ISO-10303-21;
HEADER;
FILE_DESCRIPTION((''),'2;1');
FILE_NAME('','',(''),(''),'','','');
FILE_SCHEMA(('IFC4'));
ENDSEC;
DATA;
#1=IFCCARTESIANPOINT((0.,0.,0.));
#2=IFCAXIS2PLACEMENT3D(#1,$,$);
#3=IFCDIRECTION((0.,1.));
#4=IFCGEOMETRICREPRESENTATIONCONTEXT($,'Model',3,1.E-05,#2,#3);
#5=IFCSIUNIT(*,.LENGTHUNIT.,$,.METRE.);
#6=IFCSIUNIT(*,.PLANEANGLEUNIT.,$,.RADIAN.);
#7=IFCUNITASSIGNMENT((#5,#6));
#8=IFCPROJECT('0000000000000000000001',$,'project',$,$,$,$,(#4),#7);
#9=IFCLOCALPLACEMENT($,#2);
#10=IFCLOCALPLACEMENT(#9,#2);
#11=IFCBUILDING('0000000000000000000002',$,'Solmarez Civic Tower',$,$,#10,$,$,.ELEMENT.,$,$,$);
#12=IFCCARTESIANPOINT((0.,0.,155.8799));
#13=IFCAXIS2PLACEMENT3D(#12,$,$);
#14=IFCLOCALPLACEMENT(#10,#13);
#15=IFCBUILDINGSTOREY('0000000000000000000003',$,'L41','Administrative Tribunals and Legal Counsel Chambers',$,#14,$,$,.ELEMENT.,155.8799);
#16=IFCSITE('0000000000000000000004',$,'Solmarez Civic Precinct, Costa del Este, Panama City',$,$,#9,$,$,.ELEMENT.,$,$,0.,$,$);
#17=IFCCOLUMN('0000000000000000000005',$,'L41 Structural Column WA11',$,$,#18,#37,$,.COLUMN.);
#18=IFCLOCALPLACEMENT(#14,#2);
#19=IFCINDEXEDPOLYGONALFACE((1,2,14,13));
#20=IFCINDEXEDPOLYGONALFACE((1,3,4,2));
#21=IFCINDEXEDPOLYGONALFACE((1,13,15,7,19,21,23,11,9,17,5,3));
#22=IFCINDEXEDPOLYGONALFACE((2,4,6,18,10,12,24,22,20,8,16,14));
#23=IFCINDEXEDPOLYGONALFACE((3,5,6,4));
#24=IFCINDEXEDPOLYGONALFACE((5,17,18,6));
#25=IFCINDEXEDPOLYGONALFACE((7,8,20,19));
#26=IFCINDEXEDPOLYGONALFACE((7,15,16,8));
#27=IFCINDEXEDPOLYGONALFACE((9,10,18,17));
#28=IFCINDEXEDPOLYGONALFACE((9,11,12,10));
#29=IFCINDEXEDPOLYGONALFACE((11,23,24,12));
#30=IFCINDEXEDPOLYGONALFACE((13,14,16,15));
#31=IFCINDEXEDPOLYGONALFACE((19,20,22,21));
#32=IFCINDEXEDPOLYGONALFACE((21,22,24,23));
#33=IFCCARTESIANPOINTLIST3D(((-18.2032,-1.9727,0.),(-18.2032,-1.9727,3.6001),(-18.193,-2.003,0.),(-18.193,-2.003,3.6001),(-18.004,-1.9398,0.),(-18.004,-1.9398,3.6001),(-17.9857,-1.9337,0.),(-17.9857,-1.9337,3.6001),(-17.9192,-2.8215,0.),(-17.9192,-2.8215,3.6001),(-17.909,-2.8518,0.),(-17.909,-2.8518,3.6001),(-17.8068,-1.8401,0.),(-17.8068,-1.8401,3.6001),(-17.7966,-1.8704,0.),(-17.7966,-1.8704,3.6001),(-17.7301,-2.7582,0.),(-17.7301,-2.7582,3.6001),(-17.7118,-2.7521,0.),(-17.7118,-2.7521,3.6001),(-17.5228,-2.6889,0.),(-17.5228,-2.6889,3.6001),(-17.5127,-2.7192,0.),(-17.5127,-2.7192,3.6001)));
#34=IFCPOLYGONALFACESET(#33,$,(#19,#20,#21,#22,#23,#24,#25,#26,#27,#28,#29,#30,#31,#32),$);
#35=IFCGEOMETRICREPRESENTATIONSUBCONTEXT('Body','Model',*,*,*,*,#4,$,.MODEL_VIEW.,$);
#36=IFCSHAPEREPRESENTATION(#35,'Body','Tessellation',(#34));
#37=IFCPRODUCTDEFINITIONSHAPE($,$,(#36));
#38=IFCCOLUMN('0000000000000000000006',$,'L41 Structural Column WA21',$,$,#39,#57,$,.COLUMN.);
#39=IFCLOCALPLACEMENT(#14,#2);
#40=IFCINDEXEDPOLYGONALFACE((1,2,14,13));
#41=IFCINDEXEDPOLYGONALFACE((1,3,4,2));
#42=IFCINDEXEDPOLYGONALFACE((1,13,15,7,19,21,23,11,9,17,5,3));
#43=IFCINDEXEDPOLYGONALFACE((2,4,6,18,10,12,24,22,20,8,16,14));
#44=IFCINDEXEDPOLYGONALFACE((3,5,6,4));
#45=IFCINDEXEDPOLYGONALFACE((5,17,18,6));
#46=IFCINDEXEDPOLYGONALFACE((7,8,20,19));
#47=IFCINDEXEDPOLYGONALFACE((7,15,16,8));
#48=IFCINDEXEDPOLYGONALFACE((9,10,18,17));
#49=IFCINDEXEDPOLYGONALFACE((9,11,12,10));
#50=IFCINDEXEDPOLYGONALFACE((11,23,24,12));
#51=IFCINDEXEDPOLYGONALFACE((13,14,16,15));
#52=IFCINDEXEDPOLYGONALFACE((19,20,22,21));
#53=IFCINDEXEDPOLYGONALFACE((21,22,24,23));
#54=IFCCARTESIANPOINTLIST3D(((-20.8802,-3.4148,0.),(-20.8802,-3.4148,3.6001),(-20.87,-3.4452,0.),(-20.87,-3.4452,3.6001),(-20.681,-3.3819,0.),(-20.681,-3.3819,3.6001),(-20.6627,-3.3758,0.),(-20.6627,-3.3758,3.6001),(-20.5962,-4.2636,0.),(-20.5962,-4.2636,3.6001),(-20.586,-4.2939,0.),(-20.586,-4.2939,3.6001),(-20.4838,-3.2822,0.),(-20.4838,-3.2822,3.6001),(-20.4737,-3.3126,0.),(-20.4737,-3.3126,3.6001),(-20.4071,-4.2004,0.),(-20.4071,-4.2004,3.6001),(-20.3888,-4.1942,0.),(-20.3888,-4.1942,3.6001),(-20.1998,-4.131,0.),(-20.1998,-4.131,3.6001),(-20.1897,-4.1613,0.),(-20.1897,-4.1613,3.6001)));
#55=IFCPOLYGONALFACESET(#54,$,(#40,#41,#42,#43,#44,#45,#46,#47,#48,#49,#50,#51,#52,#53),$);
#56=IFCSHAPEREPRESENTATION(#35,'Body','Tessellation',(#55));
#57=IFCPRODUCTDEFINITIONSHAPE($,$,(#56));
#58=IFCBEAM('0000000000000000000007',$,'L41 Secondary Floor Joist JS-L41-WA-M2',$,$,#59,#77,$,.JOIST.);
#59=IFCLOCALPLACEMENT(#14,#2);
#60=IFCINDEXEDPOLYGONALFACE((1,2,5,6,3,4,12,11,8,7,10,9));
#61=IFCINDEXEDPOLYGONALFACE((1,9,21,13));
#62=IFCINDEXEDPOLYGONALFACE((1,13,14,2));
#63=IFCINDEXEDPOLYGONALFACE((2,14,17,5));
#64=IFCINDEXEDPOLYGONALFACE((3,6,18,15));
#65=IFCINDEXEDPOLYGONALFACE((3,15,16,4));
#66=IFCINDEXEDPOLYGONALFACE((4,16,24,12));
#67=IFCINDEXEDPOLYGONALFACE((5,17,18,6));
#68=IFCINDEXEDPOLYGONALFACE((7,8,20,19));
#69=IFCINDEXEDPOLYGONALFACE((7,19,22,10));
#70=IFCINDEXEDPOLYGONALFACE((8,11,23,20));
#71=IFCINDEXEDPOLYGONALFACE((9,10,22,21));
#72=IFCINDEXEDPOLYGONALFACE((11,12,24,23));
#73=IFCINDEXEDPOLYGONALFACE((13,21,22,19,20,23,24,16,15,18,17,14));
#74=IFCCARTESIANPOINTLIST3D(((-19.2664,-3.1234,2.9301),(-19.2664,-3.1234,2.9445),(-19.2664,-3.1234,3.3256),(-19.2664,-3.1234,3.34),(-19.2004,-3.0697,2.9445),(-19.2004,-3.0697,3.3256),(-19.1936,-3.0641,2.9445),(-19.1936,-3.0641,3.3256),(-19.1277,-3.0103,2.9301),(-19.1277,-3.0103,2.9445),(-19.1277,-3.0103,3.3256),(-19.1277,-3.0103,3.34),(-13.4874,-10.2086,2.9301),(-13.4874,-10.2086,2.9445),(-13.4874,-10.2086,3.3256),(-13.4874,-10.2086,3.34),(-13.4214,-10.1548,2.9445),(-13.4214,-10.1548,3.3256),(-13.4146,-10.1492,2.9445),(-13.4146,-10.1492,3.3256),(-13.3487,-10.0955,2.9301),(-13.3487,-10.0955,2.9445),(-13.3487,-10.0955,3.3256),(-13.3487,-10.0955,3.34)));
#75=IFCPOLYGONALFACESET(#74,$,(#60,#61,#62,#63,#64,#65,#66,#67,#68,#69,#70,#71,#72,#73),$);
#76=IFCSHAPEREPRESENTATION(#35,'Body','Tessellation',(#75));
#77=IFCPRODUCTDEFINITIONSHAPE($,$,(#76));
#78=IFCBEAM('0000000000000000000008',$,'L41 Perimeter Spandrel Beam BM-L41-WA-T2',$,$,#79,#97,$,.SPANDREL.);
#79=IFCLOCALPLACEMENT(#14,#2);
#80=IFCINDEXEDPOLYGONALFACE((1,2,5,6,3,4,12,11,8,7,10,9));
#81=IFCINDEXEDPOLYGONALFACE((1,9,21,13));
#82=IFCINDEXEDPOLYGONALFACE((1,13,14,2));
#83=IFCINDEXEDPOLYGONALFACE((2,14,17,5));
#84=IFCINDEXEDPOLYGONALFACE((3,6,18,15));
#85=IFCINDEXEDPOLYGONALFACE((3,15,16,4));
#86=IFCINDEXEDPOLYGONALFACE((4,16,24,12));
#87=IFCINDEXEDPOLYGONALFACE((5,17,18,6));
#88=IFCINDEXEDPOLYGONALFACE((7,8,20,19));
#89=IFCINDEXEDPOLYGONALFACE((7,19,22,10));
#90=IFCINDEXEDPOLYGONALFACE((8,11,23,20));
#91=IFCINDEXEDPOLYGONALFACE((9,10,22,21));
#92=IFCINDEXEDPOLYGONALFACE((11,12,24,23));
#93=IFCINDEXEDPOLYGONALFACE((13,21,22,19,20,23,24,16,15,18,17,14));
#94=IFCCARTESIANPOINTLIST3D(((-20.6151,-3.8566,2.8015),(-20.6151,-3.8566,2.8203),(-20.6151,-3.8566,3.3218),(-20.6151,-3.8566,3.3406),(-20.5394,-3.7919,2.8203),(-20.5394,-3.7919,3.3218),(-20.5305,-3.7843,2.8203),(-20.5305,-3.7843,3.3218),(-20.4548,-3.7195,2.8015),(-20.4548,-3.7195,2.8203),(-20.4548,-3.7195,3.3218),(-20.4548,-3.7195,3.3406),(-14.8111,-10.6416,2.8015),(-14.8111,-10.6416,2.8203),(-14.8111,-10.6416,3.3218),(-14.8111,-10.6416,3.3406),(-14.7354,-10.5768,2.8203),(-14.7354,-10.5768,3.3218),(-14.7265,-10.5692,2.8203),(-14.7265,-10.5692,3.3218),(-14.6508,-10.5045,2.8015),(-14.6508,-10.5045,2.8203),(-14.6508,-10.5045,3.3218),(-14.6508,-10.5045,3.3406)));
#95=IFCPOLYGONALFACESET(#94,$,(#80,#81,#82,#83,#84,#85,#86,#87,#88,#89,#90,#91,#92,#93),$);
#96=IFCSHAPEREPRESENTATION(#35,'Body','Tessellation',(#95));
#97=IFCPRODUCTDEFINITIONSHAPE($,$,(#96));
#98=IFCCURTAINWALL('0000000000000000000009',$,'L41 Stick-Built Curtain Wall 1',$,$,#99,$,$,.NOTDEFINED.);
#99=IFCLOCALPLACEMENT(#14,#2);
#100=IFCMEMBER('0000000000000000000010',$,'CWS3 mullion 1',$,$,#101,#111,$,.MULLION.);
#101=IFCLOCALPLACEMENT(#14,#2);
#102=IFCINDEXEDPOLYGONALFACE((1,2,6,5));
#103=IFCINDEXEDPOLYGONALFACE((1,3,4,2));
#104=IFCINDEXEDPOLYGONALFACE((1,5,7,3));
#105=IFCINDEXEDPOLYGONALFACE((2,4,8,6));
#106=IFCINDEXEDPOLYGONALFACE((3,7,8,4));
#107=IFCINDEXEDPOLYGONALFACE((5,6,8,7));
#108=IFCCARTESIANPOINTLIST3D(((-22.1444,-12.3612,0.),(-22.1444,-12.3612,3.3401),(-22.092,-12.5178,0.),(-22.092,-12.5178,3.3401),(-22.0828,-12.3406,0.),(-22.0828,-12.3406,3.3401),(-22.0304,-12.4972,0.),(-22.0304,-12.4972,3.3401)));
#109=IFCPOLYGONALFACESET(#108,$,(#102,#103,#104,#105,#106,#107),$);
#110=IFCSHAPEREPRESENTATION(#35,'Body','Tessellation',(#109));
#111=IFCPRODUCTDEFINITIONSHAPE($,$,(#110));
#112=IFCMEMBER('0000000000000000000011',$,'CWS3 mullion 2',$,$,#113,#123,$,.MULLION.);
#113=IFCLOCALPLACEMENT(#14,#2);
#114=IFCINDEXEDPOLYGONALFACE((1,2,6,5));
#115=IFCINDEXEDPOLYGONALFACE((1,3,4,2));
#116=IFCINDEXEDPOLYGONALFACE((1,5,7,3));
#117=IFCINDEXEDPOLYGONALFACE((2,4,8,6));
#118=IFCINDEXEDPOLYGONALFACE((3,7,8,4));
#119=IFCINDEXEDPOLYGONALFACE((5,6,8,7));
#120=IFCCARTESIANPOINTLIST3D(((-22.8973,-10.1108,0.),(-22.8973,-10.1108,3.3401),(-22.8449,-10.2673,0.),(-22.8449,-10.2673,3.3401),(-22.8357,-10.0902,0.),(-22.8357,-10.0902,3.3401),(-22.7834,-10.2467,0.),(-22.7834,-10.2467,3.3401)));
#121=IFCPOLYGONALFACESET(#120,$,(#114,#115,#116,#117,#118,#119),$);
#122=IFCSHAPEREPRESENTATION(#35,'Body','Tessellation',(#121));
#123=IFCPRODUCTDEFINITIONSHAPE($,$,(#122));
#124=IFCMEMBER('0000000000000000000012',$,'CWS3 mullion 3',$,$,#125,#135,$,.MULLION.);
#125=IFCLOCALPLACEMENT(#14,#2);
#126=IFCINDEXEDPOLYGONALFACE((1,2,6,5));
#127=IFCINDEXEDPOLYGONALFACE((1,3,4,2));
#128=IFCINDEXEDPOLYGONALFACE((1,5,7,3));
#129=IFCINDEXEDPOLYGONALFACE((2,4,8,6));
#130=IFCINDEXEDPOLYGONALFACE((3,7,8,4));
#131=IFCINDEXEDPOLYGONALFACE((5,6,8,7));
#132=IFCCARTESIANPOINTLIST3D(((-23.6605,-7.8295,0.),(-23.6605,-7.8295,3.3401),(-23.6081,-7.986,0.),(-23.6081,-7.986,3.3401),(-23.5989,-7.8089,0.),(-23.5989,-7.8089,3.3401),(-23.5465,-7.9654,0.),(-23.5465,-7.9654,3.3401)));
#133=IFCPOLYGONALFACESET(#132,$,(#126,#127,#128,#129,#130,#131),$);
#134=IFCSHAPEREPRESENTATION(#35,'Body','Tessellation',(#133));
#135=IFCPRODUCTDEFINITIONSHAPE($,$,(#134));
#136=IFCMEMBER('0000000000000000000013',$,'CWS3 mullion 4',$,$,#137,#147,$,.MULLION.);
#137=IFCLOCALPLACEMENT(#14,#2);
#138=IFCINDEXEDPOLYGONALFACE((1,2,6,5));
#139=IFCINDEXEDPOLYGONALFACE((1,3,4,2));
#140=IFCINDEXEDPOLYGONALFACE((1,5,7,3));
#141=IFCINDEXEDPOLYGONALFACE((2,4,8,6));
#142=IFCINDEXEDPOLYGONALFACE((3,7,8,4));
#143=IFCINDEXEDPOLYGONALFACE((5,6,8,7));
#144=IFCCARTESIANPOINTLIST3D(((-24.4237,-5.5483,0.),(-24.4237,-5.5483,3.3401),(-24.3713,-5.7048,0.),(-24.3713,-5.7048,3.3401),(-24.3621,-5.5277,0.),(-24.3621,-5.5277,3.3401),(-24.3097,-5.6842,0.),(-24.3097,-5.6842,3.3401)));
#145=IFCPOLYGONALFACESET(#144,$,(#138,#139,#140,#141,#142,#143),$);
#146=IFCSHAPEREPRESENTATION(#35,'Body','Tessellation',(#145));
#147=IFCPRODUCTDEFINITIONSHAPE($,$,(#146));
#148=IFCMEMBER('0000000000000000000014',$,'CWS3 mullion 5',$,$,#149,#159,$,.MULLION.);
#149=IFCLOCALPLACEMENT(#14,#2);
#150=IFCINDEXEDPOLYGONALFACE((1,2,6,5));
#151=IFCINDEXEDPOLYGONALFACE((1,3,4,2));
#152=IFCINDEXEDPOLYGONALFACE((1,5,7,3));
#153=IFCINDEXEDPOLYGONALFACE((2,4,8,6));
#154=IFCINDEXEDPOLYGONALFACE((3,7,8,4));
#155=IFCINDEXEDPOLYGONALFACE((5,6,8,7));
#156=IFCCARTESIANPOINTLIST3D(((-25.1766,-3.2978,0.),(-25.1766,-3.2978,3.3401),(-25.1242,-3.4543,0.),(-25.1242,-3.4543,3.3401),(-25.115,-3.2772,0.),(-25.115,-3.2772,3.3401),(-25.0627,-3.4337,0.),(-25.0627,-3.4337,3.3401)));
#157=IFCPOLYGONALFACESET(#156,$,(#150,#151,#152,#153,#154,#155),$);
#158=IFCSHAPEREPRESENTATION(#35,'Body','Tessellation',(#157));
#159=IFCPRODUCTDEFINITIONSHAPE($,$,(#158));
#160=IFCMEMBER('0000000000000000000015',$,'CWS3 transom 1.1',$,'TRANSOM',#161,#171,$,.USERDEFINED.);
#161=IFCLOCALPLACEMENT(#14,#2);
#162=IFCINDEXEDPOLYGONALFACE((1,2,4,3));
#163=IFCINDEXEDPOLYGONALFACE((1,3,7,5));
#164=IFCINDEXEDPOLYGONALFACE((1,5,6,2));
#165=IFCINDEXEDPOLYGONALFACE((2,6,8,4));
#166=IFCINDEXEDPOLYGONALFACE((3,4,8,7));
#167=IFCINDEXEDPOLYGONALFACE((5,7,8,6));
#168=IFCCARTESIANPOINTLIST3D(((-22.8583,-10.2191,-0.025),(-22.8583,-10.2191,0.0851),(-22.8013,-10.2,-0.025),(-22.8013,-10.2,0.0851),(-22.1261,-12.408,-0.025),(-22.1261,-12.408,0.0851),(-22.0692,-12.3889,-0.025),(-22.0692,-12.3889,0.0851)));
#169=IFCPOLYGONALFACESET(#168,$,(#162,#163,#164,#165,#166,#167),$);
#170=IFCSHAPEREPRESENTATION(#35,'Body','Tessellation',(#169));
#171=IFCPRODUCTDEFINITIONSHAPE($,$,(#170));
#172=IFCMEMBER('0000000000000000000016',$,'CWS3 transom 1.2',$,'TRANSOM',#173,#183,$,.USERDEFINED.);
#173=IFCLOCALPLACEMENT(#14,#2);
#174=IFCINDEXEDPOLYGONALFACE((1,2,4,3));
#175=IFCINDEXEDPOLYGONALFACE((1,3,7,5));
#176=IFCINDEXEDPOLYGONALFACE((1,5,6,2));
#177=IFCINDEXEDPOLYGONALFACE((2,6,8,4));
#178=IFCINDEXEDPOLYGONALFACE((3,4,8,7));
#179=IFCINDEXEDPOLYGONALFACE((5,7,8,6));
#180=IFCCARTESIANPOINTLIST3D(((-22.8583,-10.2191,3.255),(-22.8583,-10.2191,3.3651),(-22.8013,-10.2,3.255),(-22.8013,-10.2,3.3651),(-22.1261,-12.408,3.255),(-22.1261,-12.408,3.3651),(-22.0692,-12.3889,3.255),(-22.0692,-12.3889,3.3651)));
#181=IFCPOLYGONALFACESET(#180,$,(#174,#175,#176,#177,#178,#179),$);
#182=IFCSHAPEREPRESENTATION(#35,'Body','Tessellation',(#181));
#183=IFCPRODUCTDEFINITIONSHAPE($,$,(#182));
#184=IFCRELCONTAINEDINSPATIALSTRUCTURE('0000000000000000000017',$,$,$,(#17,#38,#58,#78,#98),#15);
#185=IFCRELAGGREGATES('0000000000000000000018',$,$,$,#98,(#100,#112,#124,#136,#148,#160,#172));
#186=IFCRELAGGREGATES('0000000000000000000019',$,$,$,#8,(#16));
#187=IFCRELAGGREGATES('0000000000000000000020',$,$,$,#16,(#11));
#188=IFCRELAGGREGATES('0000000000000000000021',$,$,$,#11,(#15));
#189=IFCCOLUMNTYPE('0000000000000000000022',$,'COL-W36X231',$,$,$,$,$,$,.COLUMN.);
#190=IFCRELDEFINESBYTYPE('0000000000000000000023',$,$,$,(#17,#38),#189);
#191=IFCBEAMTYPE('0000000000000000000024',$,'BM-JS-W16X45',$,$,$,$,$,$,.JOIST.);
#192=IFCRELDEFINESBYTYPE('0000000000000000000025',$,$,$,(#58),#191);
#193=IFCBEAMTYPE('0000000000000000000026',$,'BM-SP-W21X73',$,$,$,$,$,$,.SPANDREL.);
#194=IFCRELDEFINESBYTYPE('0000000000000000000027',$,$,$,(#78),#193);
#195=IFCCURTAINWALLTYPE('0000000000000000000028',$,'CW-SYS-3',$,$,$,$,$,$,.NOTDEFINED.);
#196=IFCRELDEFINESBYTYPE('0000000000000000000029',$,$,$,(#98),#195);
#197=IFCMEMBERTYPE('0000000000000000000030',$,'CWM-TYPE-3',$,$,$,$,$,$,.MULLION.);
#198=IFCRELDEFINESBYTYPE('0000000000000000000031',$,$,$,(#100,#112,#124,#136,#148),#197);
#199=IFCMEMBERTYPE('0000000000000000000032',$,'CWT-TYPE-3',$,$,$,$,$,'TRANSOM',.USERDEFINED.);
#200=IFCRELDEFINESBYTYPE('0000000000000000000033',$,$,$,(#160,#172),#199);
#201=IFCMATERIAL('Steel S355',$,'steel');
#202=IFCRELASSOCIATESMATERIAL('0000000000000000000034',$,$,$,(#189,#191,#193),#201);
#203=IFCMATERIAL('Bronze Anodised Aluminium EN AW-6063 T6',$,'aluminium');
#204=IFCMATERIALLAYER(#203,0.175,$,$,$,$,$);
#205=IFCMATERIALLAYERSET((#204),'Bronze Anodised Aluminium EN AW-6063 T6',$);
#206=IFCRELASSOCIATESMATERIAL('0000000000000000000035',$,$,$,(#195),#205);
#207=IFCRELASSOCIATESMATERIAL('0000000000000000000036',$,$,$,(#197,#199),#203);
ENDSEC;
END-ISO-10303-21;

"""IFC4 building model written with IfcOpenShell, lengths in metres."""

from ifc_helpers import new_model, si_unit, direction, frame, origin, origin_2d, place, context, subcontext, project, spatial, rectangle, i_section, extrude, material, layer, layer_set, material_profile, profile_set, type_object, element, aggregate, save


model = new_model("IFC4")

# Units and contexts
model_context = context("Model", 3, precision=1e-05, world=origin(), true_north=direction((0.0, 1.0)))
body_context = subcontext(model_context, "Body", "Model", "MODEL_VIEW")
ifc_project = project(units=[si_unit("LENGTHUNIT", "METRE"), si_unit("PLANEANGLEUNIT", "RADIAN")], contexts=[model_context])

# Site, building, storey
site_placement = place(None, origin())
site = spatial("IfcSite", under=ifc_project, at=site_placement, Name="Solmarez Civic Precinct, Costa del Este, Panama City", CompositionType="ELEMENT", RefElevation=0.0)
building_placement = place(site_placement, origin())
building = spatial("IfcBuilding", under=site, at=building_placement, Name="Solmarez Civic Tower", CompositionType="ELEMENT")
storey_placement = place(building_placement, frame((0.0, 0.0, 155.8799)))
storey = spatial("IfcBuildingStorey", under=building, at=storey_placement, Name="L41", Description="Administrative Tribunals and Legal Counsel Chambers", CompositionType="ELEMENT", Elevation=155.8799)

# Columns
ifc_material_1 = material(Name="Steel S355", Category="steel")
ifc_material_profile_1 = material_profile(ifc_material_1, i_section(OverallWidth=0.418, OverallDepth=0.927, WebThickness=0.0193, FlangeThickness=0.032, at=origin_2d()), Name="W36X231")
ifc_profile_set_1 = profile_set([ifc_material_profile_1], Name="Steel S355")
column_type = type_object("IfcColumnType", Name="COL-W36X231", PredefinedType="COLUMN", material=ifc_profile_set_1)
for number, where, z_axis, x_axis, name in (
    (1, (-17.8579, -2.3459, 0.0), (0.0, 0.0, 1.0), (0.948324, 0.317305, 0.0), "L41 Structural Column WA11"),
    (2, (-20.5349, -3.7881, 0.0), (0.0, 0.0, 1.0), (0.948324, 0.317305, 0.0), "L41 Structural Column WA21"),
):
    element("IfcColumn", number, at=place(storey_placement, frame(where, z_axis=z_axis, x_axis=x_axis)), inside=storey, type_object=column_type, Name=name, PredefinedType="COLUMN", context=body_context, shape_type="SweptSolid", body=[
        extrude(i_section(OverallWidth=0.418, OverallDepth=0.927, WebThickness=0.0193, FlangeThickness=0.032, at=origin_2d()), origin(), (0.0, 0.0, 1.0), 3.6001),
    ])

# Beams
ifc_material_profile_2 = material_profile(ifc_material_1, i_section(OverallWidth=0.179, OverallDepth=0.4099, WebThickness=0.0088, FlangeThickness=0.0144, at=origin_2d()), Name="W16X45")
ifc_profile_set_2 = profile_set([ifc_material_profile_2], Name="Steel S355")
beam_type_1 = type_object("IfcBeamType", Name="BM-JS-W16X45", PredefinedType="JOIST", material=ifc_profile_set_2)
beam_1_placement = place(storey_placement, frame((-19.197, -3.0669, 3.135), z_axis=(0.632062, -0.774918, 0.0), x_axis=(0.774918, 0.632062, 0.0)))
element("IfcBeam", 3, at=beam_1_placement, inside=storey, type_object=beam_type_1, Name="L41 Secondary Floor Joist JS-L41-WA-M2", PredefinedType="JOIST", context=body_context, shape_type="SweptSolid", body=[
    extrude(i_section(OverallWidth=0.179, OverallDepth=0.4099, WebThickness=0.0088, FlangeThickness=0.0144, at=origin_2d()), origin(), (0.0, 0.0, 1.0), 9.1431),
])
ifc_material_profile_3 = material_profile(ifc_material_1, i_section(OverallWidth=0.2109, OverallDepth=0.5391, WebThickness=0.0117, FlangeThickness=0.0188, at=origin_2d()), Name="W21X73")
ifc_profile_set_3 = profile_set([ifc_material_profile_3], Name="Steel S355")
beam_type_2 = type_object("IfcBeamType", Name="BM-SP-W21X73", PredefinedType="SPANDREL", material=ifc_profile_set_3)
beam_2_placement = place(storey_placement, frame((-20.5349, -3.7881, 3.071), z_axis=(0.650037, -0.759903, 0.0), x_axis=(0.759903, 0.650037, 0.0)))
element("IfcBeam", 4, at=beam_2_placement, inside=storey, type_object=beam_type_2, Name="L41 Perimeter Spandrel Beam BM-L41-WA-T2", PredefinedType="SPANDREL", context=body_context, shape_type="SweptSolid", body=[
    extrude(i_section(OverallWidth=0.2109, OverallDepth=0.5391, WebThickness=0.0117, FlangeThickness=0.0188, at=origin_2d()), origin(), (0.0, 0.0, 1.0), 8.9287),
])

# Curtain wall, members
ifc_material_2 = material(Name="Bronze Anodised Aluminium EN AW-6063 T6", Category="aluminium")
ifc_layer_1 = layer(ifc_material_2, 0.175)
ifc_layer_set_1 = layer_set([ifc_layer_1], Name="Bronze Anodised Aluminium EN AW-6063 T6")
curtain_wall_type = type_object("IfcCurtainWallType", Name="CW-SYS-3", PredefinedType="NOTDEFINED", material=ifc_layer_set_1)
curtain_wall_placement = place(storey_placement, origin())
curtain_wall = element("IfcCurtainWall", 5, at=curtain_wall_placement, inside=storey, type_object=curtain_wall_type, Name="L41 Stick-Built Curtain Wall 1", PredefinedType="NOTDEFINED")
ifc_material_profile_4 = material_profile(ifc_material_2, rectangle(XDim=0.0649, YDim=0.165, at=origin_2d()), Name="CWM-65X165")
ifc_profile_set_4 = profile_set([ifc_material_profile_4], Name="Bronze Anodised Aluminium EN AW-6063 T6")
member_type_1 = type_object("IfcMemberType", Name="CWM-TYPE-3", PredefinedType="MULLION", material=ifc_profile_set_4)
member_1_placement = place(storey_placement, frame((-22.0874, -12.4292, 0.0), z_axis=(0.0, 0.0, 1.0), x_axis=(-0.948329, -0.317288, 0.0)))
member_1 = element("IfcMember", 6, at=member_1_placement, type_object=member_type_1, Name="CWS3 mullion 1", PredefinedType="MULLION", context=body_context, shape_type="SweptSolid", body=[
    extrude(rectangle(XDim=0.0649, YDim=0.165, at=origin_2d()), origin(), (0.0, 0.0, 1.0), 3.3401),
])
member_2_placement = place(storey_placement, frame((-22.8403, -10.1787, 0.0), z_axis=(0.0, 0.0, 1.0), x_axis=(-0.948329, -0.317288, 0.0)))
member_2 = element("IfcMember", 7, at=member_2_placement, type_object=member_type_1, Name="CWS3 mullion 2", PredefinedType="MULLION", context=body_context, shape_type="SweptSolid", body=[
    extrude(rectangle(XDim=0.0649, YDim=0.165, at=origin_2d()), origin(), (0.0, 0.0, 1.0), 3.3401),
])
member_3_placement = place(storey_placement, frame((-23.6035, -7.8975, 0.0), z_axis=(0.0, 0.0, 1.0), x_axis=(-0.948329, -0.317288, 0.0)))
member_3 = element("IfcMember", 8, at=member_3_placement, type_object=member_type_1, Name="CWS3 mullion 3", PredefinedType="MULLION", context=body_context, shape_type="SweptSolid", body=[
    extrude(rectangle(XDim=0.0649, YDim=0.165, at=origin_2d()), origin(), (0.0, 0.0, 1.0), 3.3401),
])
member_4_placement = place(storey_placement, frame((-24.3667, -5.6162, 0.0), z_axis=(0.0, 0.0, 1.0), x_axis=(-0.948329, -0.317288, 0.0)))
member_4 = element("IfcMember", 9, at=member_4_placement, type_object=member_type_1, Name="CWS3 mullion 4", PredefinedType="MULLION", context=body_context, shape_type="SweptSolid", body=[
    extrude(rectangle(XDim=0.0649, YDim=0.165, at=origin_2d()), origin(), (0.0, 0.0, 1.0), 3.3401),
])
member_5_placement = place(storey_placement, frame((-25.1196, -3.3657, 0.0), z_axis=(0.0, 0.0, 1.0), x_axis=(-0.948329, -0.317288, 0.0)))
member_5 = element("IfcMember", 10, at=member_5_placement, type_object=member_type_1, Name="CWS3 mullion 5", PredefinedType="MULLION", context=body_context, shape_type="SweptSolid", body=[
    extrude(rectangle(XDim=0.0649, YDim=0.165, at=origin_2d()), origin(), (0.0, 0.0, 1.0), 3.3401),
])
ifc_material_profile_5 = material_profile(ifc_material_2, rectangle(XDim=0.0601, YDim=0.1101, at=origin_2d()), Name="CWT-60X110")
ifc_profile_set_5 = profile_set([ifc_material_profile_5], Name="Bronze Anodised Aluminium EN AW-6063 T6")
member_type_2 = type_object("IfcMemberType", Name="CWT-TYPE-3", ElementType="TRANSOM", PredefinedType="USERDEFINED", material=ifc_profile_set_5)
member_6_placement = place(storey_placement, frame((-22.0977, -12.3984, 0.03), z_axis=(-0.317211, 0.948355, 0.0), x_axis=(-0.948355, -0.317211, 0.0)))
member_6 = element("IfcMember", 11, at=member_6_placement, type_object=member_type_2, Name="CWS3 transom 1.1", ObjectType="TRANSOM", PredefinedType="USERDEFINED", context=body_context, shape_type="SweptSolid", body=[
    extrude(rectangle(XDim=0.0601, YDim=0.1101, at=origin_2d()), origin(), (0.0, 0.0, 1.0), 2.3081),
])
member_7_placement = place(storey_placement, frame((-22.0977, -12.3984, 3.3101), z_axis=(-0.317211, 0.948355, 0.0), x_axis=(-0.948355, -0.317211, 0.0)))
member_7 = element("IfcMember", 12, at=member_7_placement, type_object=member_type_2, Name="CWS3 transom 1.2", ObjectType="TRANSOM", PredefinedType="USERDEFINED", context=body_context, shape_type="SweptSolid", body=[
    extrude(rectangle(XDim=0.0601, YDim=0.1101, at=origin_2d()), origin(), (0.0, 0.0, 1.0), 2.3081),
])
aggregate(curtain_wall, [member_1, member_2, member_3, member_4, member_5, member_6, member_7])

save(model, "model.ifc")
